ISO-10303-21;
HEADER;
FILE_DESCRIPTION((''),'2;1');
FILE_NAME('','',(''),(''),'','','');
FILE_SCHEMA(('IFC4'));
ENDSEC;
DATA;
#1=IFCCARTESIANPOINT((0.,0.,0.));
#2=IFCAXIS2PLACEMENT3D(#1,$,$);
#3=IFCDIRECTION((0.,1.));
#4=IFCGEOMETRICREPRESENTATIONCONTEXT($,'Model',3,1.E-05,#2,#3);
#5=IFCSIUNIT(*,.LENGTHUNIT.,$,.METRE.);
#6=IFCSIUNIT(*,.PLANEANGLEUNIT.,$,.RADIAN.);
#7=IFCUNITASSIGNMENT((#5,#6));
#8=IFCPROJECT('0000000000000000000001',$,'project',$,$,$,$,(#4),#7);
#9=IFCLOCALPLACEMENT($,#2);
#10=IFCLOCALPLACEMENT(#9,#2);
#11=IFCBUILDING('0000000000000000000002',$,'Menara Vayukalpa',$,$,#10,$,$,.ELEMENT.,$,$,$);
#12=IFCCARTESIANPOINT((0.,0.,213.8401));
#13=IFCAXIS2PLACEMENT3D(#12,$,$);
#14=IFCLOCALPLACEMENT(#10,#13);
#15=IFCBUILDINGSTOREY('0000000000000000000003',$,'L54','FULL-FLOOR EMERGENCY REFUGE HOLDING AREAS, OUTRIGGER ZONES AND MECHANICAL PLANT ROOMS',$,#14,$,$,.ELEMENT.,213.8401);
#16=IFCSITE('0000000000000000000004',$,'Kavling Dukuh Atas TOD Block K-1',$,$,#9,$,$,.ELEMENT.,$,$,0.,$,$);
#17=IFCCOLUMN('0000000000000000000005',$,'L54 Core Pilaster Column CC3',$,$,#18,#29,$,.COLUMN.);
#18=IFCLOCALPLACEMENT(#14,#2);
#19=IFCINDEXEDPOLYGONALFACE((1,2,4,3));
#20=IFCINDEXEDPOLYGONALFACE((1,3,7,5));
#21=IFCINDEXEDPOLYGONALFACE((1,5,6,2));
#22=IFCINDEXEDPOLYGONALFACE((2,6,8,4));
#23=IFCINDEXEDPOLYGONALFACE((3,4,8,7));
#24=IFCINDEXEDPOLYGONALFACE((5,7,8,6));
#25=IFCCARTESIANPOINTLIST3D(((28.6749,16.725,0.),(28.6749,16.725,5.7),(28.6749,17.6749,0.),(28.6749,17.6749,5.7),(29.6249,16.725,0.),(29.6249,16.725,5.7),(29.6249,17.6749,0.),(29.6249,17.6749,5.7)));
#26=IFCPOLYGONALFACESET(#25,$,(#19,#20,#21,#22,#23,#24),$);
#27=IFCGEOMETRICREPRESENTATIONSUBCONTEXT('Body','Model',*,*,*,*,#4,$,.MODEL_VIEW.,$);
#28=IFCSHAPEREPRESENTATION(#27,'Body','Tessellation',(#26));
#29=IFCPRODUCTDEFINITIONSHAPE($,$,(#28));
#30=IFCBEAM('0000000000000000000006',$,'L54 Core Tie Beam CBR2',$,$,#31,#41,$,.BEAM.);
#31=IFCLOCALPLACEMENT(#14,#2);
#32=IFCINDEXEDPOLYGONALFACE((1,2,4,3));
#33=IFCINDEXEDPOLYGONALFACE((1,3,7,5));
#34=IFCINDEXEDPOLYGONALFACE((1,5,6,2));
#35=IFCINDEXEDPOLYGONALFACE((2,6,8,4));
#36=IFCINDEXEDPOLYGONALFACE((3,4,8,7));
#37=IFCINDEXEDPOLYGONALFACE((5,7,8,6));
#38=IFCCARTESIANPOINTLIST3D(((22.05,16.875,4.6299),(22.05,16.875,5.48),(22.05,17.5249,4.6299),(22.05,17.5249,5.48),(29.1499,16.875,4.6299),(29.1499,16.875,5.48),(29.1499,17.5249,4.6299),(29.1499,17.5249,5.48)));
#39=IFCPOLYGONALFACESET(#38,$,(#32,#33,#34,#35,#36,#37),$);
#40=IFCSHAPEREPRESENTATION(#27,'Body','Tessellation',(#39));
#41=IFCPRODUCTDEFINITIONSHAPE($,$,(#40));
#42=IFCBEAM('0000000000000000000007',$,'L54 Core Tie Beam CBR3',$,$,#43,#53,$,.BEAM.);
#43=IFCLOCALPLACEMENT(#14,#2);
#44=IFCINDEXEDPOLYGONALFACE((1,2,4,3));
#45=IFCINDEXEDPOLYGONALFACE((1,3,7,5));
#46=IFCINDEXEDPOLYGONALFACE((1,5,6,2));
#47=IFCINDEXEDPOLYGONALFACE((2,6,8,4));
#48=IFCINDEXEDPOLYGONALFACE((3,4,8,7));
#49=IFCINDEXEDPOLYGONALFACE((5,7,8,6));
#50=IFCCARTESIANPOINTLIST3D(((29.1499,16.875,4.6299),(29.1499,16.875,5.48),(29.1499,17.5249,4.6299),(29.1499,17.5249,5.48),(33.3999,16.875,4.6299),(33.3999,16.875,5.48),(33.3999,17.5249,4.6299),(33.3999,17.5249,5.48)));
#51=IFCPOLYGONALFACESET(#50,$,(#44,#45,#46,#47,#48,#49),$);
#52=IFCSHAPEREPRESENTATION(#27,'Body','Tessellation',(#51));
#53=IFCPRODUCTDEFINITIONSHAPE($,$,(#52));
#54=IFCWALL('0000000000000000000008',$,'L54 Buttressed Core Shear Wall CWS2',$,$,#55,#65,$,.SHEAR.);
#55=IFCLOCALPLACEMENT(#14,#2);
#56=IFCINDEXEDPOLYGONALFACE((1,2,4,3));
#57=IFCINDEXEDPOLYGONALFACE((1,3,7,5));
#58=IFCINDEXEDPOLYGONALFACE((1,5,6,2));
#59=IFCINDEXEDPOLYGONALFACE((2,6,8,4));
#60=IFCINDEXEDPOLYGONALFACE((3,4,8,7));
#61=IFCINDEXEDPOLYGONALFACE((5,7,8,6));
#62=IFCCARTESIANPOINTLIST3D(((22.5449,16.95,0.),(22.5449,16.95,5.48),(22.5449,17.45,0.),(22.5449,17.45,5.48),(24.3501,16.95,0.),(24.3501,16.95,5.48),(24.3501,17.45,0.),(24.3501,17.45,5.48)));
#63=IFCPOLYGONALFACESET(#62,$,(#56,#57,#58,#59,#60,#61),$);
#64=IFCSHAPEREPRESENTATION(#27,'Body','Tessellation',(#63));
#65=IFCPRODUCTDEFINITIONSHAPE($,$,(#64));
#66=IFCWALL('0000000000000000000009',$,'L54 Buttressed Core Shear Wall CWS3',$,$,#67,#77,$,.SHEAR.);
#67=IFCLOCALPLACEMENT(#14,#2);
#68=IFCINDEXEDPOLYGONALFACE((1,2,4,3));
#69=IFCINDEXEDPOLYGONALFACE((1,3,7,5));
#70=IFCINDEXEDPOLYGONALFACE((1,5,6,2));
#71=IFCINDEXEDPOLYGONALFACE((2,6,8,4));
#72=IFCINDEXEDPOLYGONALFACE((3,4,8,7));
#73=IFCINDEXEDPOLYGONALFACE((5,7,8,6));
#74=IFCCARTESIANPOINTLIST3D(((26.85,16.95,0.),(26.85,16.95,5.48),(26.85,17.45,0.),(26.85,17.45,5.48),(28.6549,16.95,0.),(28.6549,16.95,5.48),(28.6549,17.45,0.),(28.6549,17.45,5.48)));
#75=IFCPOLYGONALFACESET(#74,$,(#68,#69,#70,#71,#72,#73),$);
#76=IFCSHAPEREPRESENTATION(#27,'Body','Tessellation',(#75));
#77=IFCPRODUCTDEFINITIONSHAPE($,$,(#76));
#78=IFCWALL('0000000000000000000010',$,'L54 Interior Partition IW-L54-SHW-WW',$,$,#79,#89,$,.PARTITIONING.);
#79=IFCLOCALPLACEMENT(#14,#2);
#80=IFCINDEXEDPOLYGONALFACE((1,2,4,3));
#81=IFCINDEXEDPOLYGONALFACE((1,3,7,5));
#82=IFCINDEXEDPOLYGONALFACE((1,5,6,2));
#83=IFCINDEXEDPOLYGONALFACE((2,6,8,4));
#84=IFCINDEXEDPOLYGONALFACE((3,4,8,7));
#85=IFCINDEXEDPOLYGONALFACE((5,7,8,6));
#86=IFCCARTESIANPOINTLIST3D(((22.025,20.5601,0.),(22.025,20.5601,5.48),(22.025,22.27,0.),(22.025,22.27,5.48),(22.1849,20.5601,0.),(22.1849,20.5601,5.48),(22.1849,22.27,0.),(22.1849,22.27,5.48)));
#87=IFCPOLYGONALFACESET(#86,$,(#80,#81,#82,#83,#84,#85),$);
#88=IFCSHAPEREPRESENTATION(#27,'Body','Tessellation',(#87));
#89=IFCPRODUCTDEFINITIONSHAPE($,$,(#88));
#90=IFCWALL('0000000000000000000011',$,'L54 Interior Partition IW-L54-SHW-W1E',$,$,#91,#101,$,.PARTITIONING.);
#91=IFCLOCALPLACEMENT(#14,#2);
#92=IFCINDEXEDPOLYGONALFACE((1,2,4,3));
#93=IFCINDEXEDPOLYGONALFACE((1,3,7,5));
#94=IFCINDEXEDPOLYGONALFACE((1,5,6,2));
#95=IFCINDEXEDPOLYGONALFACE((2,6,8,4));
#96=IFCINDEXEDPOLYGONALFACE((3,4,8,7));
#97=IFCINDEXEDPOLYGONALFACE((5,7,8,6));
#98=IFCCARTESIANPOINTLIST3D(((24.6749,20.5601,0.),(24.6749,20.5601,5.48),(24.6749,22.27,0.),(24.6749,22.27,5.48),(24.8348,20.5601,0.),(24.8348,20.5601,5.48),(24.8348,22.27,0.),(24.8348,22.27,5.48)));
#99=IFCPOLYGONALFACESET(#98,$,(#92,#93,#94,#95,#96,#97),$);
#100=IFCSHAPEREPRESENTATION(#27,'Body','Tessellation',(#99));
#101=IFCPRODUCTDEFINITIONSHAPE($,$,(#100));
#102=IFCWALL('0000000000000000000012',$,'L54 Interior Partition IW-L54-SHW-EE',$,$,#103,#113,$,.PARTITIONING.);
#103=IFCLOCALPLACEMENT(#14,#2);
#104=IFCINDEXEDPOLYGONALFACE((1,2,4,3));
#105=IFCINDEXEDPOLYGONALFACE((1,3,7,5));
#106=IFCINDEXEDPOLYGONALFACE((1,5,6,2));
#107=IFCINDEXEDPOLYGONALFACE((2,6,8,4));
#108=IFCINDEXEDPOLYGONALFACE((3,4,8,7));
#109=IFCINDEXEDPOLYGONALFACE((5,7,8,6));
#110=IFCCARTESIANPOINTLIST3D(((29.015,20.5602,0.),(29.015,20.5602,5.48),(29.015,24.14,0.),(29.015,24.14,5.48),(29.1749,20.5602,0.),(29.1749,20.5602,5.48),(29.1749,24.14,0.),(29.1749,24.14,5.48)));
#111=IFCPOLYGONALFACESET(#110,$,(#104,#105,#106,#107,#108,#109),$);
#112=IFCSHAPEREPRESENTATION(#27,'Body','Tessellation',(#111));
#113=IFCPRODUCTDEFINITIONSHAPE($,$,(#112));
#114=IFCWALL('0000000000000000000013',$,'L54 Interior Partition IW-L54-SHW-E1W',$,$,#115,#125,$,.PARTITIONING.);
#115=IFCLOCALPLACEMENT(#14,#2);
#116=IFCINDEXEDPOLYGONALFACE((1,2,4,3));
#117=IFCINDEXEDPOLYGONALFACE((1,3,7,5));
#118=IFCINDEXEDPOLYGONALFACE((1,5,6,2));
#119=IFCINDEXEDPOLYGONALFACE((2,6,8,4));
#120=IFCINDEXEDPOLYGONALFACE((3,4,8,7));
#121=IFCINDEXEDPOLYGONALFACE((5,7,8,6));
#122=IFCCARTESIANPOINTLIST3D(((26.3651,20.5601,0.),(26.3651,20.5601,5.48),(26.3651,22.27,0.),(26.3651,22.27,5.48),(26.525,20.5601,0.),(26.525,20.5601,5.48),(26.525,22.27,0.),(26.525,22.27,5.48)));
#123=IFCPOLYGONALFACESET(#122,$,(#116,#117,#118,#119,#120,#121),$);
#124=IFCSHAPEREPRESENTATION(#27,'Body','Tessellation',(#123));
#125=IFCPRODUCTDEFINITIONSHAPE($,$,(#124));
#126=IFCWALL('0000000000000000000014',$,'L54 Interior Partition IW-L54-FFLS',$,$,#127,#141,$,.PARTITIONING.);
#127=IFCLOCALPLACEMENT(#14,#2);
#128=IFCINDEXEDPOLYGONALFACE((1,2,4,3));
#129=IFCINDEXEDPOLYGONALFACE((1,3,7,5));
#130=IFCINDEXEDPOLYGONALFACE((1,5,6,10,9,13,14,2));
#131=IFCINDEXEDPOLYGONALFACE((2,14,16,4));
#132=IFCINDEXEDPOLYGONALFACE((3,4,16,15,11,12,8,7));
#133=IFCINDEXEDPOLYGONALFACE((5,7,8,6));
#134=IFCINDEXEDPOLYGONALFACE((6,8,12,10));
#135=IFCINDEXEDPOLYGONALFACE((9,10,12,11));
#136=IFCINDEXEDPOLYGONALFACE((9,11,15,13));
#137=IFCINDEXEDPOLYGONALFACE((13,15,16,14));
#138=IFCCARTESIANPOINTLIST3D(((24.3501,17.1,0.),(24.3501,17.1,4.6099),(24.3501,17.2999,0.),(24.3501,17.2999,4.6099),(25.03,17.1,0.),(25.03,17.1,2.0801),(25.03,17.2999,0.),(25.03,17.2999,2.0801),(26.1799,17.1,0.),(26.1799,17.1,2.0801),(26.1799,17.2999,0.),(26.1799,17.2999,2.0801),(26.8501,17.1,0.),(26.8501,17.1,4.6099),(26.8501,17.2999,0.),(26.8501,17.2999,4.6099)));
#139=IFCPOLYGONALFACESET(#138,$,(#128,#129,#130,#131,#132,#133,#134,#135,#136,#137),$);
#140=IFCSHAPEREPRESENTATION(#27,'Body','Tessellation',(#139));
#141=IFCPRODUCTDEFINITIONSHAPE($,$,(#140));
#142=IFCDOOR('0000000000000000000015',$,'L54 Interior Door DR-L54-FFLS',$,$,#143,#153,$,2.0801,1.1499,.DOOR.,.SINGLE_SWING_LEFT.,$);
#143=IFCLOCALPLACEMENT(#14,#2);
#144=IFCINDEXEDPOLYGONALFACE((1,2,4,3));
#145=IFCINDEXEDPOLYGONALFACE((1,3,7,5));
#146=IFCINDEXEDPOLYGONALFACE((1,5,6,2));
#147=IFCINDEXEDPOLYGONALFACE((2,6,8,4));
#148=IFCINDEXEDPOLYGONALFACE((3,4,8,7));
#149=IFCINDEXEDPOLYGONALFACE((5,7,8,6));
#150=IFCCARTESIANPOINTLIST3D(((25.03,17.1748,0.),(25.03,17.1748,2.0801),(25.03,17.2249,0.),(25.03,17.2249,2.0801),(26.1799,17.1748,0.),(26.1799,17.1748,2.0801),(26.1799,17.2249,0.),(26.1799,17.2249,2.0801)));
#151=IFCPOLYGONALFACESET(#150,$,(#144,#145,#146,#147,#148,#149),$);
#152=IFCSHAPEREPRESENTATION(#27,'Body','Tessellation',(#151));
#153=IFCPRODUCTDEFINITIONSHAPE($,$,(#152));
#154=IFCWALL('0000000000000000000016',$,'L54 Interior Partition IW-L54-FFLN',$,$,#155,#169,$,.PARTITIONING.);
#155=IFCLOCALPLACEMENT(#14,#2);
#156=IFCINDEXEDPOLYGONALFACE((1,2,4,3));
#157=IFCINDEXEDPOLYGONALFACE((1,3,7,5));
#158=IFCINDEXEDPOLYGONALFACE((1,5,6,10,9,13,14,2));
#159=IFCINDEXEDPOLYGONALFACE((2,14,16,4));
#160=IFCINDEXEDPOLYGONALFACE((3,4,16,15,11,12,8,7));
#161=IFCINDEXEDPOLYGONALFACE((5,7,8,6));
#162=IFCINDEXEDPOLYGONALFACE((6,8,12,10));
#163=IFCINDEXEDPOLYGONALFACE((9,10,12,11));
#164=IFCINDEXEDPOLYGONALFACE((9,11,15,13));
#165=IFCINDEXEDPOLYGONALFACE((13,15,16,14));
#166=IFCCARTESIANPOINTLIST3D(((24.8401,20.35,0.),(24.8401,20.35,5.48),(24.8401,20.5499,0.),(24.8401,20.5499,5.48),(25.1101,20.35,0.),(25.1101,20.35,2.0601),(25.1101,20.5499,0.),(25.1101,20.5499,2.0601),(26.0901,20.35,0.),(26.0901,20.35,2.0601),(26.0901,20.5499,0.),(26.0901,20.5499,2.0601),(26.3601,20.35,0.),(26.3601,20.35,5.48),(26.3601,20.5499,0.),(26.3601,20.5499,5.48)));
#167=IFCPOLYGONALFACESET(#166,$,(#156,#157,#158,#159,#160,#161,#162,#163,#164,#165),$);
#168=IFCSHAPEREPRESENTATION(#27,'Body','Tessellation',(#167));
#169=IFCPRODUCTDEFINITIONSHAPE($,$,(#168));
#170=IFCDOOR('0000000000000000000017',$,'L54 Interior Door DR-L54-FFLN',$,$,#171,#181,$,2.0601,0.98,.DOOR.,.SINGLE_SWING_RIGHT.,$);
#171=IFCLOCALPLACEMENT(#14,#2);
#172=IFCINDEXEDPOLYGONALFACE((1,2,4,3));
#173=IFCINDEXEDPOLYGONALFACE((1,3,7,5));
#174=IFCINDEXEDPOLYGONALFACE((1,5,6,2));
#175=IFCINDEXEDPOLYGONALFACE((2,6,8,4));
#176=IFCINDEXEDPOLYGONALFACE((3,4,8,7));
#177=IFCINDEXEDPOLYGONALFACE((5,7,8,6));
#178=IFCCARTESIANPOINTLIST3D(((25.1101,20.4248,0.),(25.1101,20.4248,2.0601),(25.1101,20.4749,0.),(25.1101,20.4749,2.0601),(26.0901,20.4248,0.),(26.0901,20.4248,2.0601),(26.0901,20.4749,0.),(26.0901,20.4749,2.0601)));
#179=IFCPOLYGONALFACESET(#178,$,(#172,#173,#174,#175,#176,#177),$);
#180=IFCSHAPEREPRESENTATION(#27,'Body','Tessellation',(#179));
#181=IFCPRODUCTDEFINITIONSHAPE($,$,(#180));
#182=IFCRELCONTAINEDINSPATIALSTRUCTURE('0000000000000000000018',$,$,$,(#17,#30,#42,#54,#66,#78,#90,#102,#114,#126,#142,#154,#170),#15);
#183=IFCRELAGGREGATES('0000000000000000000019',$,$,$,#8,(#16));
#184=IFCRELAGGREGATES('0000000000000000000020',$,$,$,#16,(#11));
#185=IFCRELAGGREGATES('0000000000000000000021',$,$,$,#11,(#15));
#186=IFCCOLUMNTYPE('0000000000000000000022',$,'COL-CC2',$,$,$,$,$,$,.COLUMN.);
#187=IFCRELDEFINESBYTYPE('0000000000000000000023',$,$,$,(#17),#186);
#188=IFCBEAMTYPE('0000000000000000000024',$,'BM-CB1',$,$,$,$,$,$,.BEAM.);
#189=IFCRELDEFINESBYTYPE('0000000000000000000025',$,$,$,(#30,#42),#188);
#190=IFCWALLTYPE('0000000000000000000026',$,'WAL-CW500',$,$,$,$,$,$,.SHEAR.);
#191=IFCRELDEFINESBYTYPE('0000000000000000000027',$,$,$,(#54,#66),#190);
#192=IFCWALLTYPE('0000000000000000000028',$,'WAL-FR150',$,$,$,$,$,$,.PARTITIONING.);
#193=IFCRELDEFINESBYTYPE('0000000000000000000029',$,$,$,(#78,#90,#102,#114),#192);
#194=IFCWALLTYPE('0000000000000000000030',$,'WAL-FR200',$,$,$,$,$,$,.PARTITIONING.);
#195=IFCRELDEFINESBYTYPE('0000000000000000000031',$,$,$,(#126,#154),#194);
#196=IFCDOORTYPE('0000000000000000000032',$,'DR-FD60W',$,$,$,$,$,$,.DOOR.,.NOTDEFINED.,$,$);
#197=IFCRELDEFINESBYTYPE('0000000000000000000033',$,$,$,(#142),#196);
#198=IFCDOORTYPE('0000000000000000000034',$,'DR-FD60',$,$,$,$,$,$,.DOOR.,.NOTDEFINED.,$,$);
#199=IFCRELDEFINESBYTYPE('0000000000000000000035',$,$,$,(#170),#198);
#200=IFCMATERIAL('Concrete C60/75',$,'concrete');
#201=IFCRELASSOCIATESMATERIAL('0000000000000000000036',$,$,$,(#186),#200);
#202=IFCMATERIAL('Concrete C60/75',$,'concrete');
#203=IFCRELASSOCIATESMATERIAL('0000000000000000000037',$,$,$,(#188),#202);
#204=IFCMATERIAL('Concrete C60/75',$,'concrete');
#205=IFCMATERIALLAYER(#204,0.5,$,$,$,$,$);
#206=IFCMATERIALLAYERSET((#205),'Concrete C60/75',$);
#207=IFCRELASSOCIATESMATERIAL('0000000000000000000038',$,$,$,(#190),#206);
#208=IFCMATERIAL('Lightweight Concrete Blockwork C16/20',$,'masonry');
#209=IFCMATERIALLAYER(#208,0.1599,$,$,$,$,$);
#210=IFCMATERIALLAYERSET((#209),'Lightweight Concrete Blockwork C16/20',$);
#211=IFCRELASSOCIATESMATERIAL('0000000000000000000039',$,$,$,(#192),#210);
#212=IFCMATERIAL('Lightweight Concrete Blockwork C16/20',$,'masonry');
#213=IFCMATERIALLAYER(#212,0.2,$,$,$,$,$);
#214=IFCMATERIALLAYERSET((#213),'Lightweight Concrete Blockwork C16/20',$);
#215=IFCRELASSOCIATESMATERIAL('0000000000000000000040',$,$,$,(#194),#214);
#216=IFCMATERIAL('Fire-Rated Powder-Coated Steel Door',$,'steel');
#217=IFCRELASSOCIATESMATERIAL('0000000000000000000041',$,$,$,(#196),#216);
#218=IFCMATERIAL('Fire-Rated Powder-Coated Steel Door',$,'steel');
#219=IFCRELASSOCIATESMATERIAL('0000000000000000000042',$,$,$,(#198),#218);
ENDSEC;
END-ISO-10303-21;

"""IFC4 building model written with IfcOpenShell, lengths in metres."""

from ifc_helpers import new_model, si_unit, direction, frame, frame_2d, origin, origin_2d, place, context, subcontext, project, spatial, rectangle, extrude, material, layer, layer_set, material_profile, profile_set, type_object, element, fill, save


model = new_model("IFC4")

# Units and contexts
model_context = context("Model", 3, precision=1e-05, world=origin(), true_north=direction((0.0, 1.0)))
body_context = subcontext(model_context, "Body", "Model", "MODEL_VIEW")
ifc_project = project(units=[si_unit("LENGTHUNIT", "METRE"), si_unit("PLANEANGLEUNIT", "RADIAN")], contexts=[model_context])

# Site, building, storey
site_placement = place(None, origin())
site = spatial("IfcSite", under=ifc_project, at=site_placement, Name="Kavling Dukuh Atas TOD Block K-1", CompositionType="ELEMENT", RefElevation=0.0)
building_placement = place(site_placement, origin())
building = spatial("IfcBuilding", under=site, at=building_placement, Name="Menara Vayukalpa", CompositionType="ELEMENT")
storey_placement = place(building_placement, frame((0.0, 0.0, 213.8401)))
storey = spatial("IfcBuildingStorey", under=building, at=storey_placement, Name="L54", Description="FULL-FLOOR EMERGENCY REFUGE HOLDING AREAS, OUTRIGGER ZONES AND MECHANICAL PLANT ROOMS", CompositionType="ELEMENT", Elevation=213.8401)

# Column
ifc_material_1 = material(Name="Concrete C60/75", Category="concrete")
ifc_material_profile_1 = material_profile(ifc_material_1, rectangle(XDim=0.95, YDim=0.95, at=origin_2d()), Name="RC 950x950")
ifc_profile_set_1 = profile_set([ifc_material_profile_1], Name="Concrete C60/75")
column_type = type_object("IfcColumnType", Name="COL-CC2", PredefinedType="COLUMN", material=ifc_profile_set_1)
column_placement = place(storey_placement, frame((29.1499, 17.2, 0.0), z_axis=(0.0, 0.0, 1.0), x_axis=(1.0, 0.0, 0.0)))
element("IfcColumn", 1, at=column_placement, inside=storey, type_object=column_type, Name="L54 Core Pilaster Column CC3", PredefinedType="COLUMN", context=body_context, shape_type="SweptSolid", body=[
    extrude(rectangle(XDim=0.95, YDim=0.95, at=origin_2d()), origin(), (0.0, 0.0, 1.0), 5.7),
])

# Beams
ifc_material_2 = material(Name="Concrete C60/75", Category="concrete")
ifc_material_profile_2 = material_profile(ifc_material_2, rectangle(XDim=0.6499, YDim=0.8501, at=origin_2d()), Name="RC 650x850")
ifc_profile_set_2 = profile_set([ifc_material_profile_2], Name="Concrete C60/75")
beam_type = type_object("IfcBeamType", Name="BM-CB1", PredefinedType="BEAM", material=ifc_profile_set_2)
beam_1_placement = place(storey_placement, frame((22.05, 17.2, 5.0549), z_axis=(1.0, 0.0, 0.0), x_axis=(0.0, 1.0, 0.0)))
element("IfcBeam", 2, at=beam_1_placement, inside=storey, type_object=beam_type, Name="L54 Core Tie Beam CBR2", PredefinedType="BEAM", context=body_context, shape_type="SweptSolid", body=[
    extrude(rectangle(XDim=0.6499, YDim=0.8501, at=origin_2d()), origin(), (0.0, 0.0, 1.0), 7.0999),
])
beam_2_placement = place(storey_placement, frame((29.1499, 17.2, 5.0549), z_axis=(1.0, 0.0, 0.0), x_axis=(0.0, 1.0, 0.0)))
element("IfcBeam", 3, at=beam_2_placement, inside=storey, type_object=beam_type, Name="L54 Core Tie Beam CBR3", PredefinedType="BEAM", context=body_context, shape_type="SweptSolid", body=[
    extrude(rectangle(XDim=0.6499, YDim=0.8501, at=origin_2d()), origin(), (0.0, 0.0, 1.0), 4.25),
])

# Walls
ifc_material_3 = material(Name="Concrete C60/75", Category="concrete")
ifc_layer_1 = layer(ifc_material_3, 0.5)
ifc_layer_set_1 = layer_set([ifc_layer_1], Name="Concrete C60/75")
wall_type_1 = type_object("IfcWallType", Name="WAL-CW500", PredefinedType="SHEAR", material=ifc_layer_set_1)
wall_1_placement = place(storey_placement, frame((22.5449, 17.2, 0.0), z_axis=(0.0, 0.0, 1.0), x_axis=(1.0, 0.0, 0.0)))
element("IfcWall", 4, at=wall_1_placement, inside=storey, type_object=wall_type_1, Name="L54 Buttressed Core Shear Wall CWS2", PredefinedType="SHEAR", context=body_context, shape_type="SweptSolid", body=[
    extrude(rectangle(XDim=1.8052, YDim=0.5, at=frame_2d((0.9026, 0.0))), origin(), (0.0, 0.0, 1.0), 5.48),
])
wall_2_placement = place(storey_placement, frame((26.8501, 17.2, 0.0), z_axis=(0.0, 0.0, 1.0), x_axis=(1.0, 0.0, 0.0)))
element("IfcWall", 5, at=wall_2_placement, inside=storey, type_object=wall_type_1, Name="L54 Buttressed Core Shear Wall CWS3", PredefinedType="SHEAR", context=body_context, shape_type="SweptSolid", body=[
    extrude(rectangle(XDim=1.8049, YDim=0.5, at=frame_2d((0.9023, 0.0))), origin(), (0.0, 0.0, 1.0), 5.48),
])
ifc_material_4 = material(Name="Lightweight Concrete Blockwork C16/20", Category="masonry")
ifc_layer_2 = layer(ifc_material_4, 0.1599)
ifc_layer_set_2 = layer_set([ifc_layer_2], Name="Lightweight Concrete Blockwork C16/20")
wall_type_2 = type_object("IfcWallType", Name="WAL-FR150", PredefinedType="PARTITIONING", material=ifc_layer_set_2)
for number, where, z_axis, x_axis, name in (
    (6, (22.105, 20.5601, 0.0), (0.0, 0.0, 1.0), (0.0, 1.0, 0.0), "L54 Interior Partition IW-L54-SHW-WW"),
    (7, (24.7549, 20.5601, 0.0), (0.0, 0.0, 1.0), (0.0, 1.0, 0.0), "L54 Interior Partition IW-L54-SHW-W1E"),
):
    element("IfcWall", number, at=place(storey_placement, frame(where, z_axis=z_axis, x_axis=x_axis)), inside=storey, type_object=wall_type_2, Name=name, PredefinedType="PARTITIONING", context=body_context, shape_type="SweptSolid", body=[
        extrude(rectangle(XDim=1.71, YDim=0.1599, at=frame_2d((0.855, 0.0))), origin(), (0.0, 0.0, 1.0), 5.48),
    ])
wall_3_placement = place(storey_placement, frame((29.095, 20.5601, 0.0), z_axis=(0.0, 0.0, 1.0), x_axis=(0.0, 1.0, 0.0)))
element("IfcWall", 8, at=wall_3_placement, inside=storey, type_object=wall_type_2, Name="L54 Interior Partition IW-L54-SHW-EE", PredefinedType="PARTITIONING", context=body_context, shape_type="SweptSolid", body=[
    extrude(rectangle(XDim=3.5798, YDim=0.1599, at=frame_2d((1.79, 0.0))), origin(), (0.0, 0.0, 1.0), 5.48),
])
wall_4_placement = place(storey_placement, frame((26.4451, 20.5601, 0.0), z_axis=(0.0, 0.0, 1.0), x_axis=(0.0, 1.0, 0.0)))
element("IfcWall", 9, at=wall_4_placement, inside=storey, type_object=wall_type_2, Name="L54 Interior Partition IW-L54-SHW-E1W", PredefinedType="PARTITIONING", context=body_context, shape_type="SweptSolid", body=[
    extrude(rectangle(XDim=1.71, YDim=0.1599, at=frame_2d((0.855, 0.0))), origin(), (0.0, 0.0, 1.0), 5.48),
])

# Walls, openings, doors
ifc_material_5 = material(Name="Lightweight Concrete Blockwork C16/20", Category="masonry")
ifc_layer_3 = layer(ifc_material_5, 0.2)
ifc_layer_set_3 = layer_set([ifc_layer_3], Name="Lightweight Concrete Blockwork C16/20")
wall_type_3 = type_object("IfcWallType", Name="WAL-FR200", PredefinedType="PARTITIONING", material=ifc_layer_set_3)
wall_5_placement = place(storey_placement, frame((24.3501, 17.2, 0.0), z_axis=(0.0, 0.0, 1.0), x_axis=(1.0, 0.0, 0.0)))
wall_5 = element("IfcWall", 10, at=wall_5_placement, inside=storey, type_object=wall_type_3, Name="L54 Interior Partition IW-L54-FFLS", PredefinedType="PARTITIONING", context=body_context, shape_type="SweptSolid", body=[
    extrude(rectangle(XDim=2.5, YDim=0.2, at=frame_2d((1.25, 0.0))), origin(), (0.0, 0.0, 1.0), 4.6099),
])
opening_1_placement = place(wall_5_placement, frame((0.6799, 0.0, 0.0)))
opening_1 = element("IfcOpeningElement", 11, at=opening_1_placement, cuts=wall_5, PredefinedType="OPENING", context=body_context, shape_type="SweptSolid", body=[
    extrude(rectangle(XDim=1.1499, YDim=2.0801, at=frame_2d((0.575, 1.04))), frame((0.0, 0.1099, 0.0), z_axis=(0.0, -1.0, 0.0), x_axis=(1.0, 0.0, 0.0)), (0.0, 0.0, 1.0), 0.22),
])
ifc_material_6 = material(Name="Fire-Rated Powder-Coated Steel Door", Category="steel")
door_type_1 = type_object("IfcDoorType", Name="DR-FD60W", OperationType="NOTDEFINED", PredefinedType="DOOR", material=ifc_material_6)
door_1_placement = place(opening_1_placement, origin())
door_1 = element("IfcDoor", 12, at=door_1_placement, inside=storey, type_object=door_type_1, Name="L54 Interior Door DR-L54-FFLS", OperationType="SINGLE_SWING_LEFT", OverallHeight=2.0801, OverallWidth=1.1499, PredefinedType="DOOR", context=body_context, shape_type="SweptSolid", body=[
    extrude(rectangle(XDim=1.1499, YDim=2.0801, at=frame_2d((0.575, 1.04))), frame((0.0, 0.0249, 0.0), z_axis=(0.0, -1.0, 0.0), x_axis=(1.0, 0.0, 0.0)), (0.0, 0.0, 1.0), 0.05),
])
fill(opening_1, door_1)
wall_6_placement = place(storey_placement, frame((24.8401, 20.45, 0.0), z_axis=(0.0, 0.0, 1.0), x_axis=(1.0, 0.0, 0.0)))
wall_6 = element("IfcWall", 13, at=wall_6_placement, inside=storey, type_object=wall_type_3, Name="L54 Interior Partition IW-L54-FFLN", PredefinedType="PARTITIONING", context=body_context, shape_type="SweptSolid", body=[
    extrude(rectangle(XDim=1.52, YDim=0.2, at=frame_2d((0.76, 0.0))), origin(), (0.0, 0.0, 1.0), 5.48),
])
opening_2_placement = place(wall_6_placement, frame((0.27, 0.0, 0.0)))
opening_2 = element("IfcOpeningElement", 14, at=opening_2_placement, cuts=wall_6, PredefinedType="OPENING", context=body_context, shape_type="SweptSolid", body=[
    extrude(rectangle(XDim=0.98, YDim=2.0601, at=frame_2d((0.49, 1.03))), frame((0.0, 0.1099, 0.0), z_axis=(0.0, -1.0, 0.0), x_axis=(1.0, 0.0, 0.0)), (0.0, 0.0, 1.0), 0.22),
])
ifc_material_7 = material(Name="Fire-Rated Powder-Coated Steel Door", Category="steel")
door_type_2 = type_object("IfcDoorType", Name="DR-FD60", OperationType="NOTDEFINED", PredefinedType="DOOR", material=ifc_material_7)
door_2_placement = place(opening_2_placement, origin())
door_2 = element("IfcDoor", 15, at=door_2_placement, inside=storey, type_object=door_type_2, Name="L54 Interior Door DR-L54-FFLN", OperationType="SINGLE_SWING_RIGHT", OverallHeight=2.0601, OverallWidth=0.98, PredefinedType="DOOR", context=body_context, shape_type="SweptSolid", body=[
    extrude(rectangle(XDim=0.98, YDim=2.0601, at=frame_2d((0.49, 1.03))), frame((0.0, 0.0249, 0.0), z_axis=(0.0, -1.0, 0.0), x_axis=(1.0, 0.0, 0.0)), (0.0, 0.0, 1.0), 0.05),
])
fill(opening_2, door_2)

save(model, "model.ifc")
